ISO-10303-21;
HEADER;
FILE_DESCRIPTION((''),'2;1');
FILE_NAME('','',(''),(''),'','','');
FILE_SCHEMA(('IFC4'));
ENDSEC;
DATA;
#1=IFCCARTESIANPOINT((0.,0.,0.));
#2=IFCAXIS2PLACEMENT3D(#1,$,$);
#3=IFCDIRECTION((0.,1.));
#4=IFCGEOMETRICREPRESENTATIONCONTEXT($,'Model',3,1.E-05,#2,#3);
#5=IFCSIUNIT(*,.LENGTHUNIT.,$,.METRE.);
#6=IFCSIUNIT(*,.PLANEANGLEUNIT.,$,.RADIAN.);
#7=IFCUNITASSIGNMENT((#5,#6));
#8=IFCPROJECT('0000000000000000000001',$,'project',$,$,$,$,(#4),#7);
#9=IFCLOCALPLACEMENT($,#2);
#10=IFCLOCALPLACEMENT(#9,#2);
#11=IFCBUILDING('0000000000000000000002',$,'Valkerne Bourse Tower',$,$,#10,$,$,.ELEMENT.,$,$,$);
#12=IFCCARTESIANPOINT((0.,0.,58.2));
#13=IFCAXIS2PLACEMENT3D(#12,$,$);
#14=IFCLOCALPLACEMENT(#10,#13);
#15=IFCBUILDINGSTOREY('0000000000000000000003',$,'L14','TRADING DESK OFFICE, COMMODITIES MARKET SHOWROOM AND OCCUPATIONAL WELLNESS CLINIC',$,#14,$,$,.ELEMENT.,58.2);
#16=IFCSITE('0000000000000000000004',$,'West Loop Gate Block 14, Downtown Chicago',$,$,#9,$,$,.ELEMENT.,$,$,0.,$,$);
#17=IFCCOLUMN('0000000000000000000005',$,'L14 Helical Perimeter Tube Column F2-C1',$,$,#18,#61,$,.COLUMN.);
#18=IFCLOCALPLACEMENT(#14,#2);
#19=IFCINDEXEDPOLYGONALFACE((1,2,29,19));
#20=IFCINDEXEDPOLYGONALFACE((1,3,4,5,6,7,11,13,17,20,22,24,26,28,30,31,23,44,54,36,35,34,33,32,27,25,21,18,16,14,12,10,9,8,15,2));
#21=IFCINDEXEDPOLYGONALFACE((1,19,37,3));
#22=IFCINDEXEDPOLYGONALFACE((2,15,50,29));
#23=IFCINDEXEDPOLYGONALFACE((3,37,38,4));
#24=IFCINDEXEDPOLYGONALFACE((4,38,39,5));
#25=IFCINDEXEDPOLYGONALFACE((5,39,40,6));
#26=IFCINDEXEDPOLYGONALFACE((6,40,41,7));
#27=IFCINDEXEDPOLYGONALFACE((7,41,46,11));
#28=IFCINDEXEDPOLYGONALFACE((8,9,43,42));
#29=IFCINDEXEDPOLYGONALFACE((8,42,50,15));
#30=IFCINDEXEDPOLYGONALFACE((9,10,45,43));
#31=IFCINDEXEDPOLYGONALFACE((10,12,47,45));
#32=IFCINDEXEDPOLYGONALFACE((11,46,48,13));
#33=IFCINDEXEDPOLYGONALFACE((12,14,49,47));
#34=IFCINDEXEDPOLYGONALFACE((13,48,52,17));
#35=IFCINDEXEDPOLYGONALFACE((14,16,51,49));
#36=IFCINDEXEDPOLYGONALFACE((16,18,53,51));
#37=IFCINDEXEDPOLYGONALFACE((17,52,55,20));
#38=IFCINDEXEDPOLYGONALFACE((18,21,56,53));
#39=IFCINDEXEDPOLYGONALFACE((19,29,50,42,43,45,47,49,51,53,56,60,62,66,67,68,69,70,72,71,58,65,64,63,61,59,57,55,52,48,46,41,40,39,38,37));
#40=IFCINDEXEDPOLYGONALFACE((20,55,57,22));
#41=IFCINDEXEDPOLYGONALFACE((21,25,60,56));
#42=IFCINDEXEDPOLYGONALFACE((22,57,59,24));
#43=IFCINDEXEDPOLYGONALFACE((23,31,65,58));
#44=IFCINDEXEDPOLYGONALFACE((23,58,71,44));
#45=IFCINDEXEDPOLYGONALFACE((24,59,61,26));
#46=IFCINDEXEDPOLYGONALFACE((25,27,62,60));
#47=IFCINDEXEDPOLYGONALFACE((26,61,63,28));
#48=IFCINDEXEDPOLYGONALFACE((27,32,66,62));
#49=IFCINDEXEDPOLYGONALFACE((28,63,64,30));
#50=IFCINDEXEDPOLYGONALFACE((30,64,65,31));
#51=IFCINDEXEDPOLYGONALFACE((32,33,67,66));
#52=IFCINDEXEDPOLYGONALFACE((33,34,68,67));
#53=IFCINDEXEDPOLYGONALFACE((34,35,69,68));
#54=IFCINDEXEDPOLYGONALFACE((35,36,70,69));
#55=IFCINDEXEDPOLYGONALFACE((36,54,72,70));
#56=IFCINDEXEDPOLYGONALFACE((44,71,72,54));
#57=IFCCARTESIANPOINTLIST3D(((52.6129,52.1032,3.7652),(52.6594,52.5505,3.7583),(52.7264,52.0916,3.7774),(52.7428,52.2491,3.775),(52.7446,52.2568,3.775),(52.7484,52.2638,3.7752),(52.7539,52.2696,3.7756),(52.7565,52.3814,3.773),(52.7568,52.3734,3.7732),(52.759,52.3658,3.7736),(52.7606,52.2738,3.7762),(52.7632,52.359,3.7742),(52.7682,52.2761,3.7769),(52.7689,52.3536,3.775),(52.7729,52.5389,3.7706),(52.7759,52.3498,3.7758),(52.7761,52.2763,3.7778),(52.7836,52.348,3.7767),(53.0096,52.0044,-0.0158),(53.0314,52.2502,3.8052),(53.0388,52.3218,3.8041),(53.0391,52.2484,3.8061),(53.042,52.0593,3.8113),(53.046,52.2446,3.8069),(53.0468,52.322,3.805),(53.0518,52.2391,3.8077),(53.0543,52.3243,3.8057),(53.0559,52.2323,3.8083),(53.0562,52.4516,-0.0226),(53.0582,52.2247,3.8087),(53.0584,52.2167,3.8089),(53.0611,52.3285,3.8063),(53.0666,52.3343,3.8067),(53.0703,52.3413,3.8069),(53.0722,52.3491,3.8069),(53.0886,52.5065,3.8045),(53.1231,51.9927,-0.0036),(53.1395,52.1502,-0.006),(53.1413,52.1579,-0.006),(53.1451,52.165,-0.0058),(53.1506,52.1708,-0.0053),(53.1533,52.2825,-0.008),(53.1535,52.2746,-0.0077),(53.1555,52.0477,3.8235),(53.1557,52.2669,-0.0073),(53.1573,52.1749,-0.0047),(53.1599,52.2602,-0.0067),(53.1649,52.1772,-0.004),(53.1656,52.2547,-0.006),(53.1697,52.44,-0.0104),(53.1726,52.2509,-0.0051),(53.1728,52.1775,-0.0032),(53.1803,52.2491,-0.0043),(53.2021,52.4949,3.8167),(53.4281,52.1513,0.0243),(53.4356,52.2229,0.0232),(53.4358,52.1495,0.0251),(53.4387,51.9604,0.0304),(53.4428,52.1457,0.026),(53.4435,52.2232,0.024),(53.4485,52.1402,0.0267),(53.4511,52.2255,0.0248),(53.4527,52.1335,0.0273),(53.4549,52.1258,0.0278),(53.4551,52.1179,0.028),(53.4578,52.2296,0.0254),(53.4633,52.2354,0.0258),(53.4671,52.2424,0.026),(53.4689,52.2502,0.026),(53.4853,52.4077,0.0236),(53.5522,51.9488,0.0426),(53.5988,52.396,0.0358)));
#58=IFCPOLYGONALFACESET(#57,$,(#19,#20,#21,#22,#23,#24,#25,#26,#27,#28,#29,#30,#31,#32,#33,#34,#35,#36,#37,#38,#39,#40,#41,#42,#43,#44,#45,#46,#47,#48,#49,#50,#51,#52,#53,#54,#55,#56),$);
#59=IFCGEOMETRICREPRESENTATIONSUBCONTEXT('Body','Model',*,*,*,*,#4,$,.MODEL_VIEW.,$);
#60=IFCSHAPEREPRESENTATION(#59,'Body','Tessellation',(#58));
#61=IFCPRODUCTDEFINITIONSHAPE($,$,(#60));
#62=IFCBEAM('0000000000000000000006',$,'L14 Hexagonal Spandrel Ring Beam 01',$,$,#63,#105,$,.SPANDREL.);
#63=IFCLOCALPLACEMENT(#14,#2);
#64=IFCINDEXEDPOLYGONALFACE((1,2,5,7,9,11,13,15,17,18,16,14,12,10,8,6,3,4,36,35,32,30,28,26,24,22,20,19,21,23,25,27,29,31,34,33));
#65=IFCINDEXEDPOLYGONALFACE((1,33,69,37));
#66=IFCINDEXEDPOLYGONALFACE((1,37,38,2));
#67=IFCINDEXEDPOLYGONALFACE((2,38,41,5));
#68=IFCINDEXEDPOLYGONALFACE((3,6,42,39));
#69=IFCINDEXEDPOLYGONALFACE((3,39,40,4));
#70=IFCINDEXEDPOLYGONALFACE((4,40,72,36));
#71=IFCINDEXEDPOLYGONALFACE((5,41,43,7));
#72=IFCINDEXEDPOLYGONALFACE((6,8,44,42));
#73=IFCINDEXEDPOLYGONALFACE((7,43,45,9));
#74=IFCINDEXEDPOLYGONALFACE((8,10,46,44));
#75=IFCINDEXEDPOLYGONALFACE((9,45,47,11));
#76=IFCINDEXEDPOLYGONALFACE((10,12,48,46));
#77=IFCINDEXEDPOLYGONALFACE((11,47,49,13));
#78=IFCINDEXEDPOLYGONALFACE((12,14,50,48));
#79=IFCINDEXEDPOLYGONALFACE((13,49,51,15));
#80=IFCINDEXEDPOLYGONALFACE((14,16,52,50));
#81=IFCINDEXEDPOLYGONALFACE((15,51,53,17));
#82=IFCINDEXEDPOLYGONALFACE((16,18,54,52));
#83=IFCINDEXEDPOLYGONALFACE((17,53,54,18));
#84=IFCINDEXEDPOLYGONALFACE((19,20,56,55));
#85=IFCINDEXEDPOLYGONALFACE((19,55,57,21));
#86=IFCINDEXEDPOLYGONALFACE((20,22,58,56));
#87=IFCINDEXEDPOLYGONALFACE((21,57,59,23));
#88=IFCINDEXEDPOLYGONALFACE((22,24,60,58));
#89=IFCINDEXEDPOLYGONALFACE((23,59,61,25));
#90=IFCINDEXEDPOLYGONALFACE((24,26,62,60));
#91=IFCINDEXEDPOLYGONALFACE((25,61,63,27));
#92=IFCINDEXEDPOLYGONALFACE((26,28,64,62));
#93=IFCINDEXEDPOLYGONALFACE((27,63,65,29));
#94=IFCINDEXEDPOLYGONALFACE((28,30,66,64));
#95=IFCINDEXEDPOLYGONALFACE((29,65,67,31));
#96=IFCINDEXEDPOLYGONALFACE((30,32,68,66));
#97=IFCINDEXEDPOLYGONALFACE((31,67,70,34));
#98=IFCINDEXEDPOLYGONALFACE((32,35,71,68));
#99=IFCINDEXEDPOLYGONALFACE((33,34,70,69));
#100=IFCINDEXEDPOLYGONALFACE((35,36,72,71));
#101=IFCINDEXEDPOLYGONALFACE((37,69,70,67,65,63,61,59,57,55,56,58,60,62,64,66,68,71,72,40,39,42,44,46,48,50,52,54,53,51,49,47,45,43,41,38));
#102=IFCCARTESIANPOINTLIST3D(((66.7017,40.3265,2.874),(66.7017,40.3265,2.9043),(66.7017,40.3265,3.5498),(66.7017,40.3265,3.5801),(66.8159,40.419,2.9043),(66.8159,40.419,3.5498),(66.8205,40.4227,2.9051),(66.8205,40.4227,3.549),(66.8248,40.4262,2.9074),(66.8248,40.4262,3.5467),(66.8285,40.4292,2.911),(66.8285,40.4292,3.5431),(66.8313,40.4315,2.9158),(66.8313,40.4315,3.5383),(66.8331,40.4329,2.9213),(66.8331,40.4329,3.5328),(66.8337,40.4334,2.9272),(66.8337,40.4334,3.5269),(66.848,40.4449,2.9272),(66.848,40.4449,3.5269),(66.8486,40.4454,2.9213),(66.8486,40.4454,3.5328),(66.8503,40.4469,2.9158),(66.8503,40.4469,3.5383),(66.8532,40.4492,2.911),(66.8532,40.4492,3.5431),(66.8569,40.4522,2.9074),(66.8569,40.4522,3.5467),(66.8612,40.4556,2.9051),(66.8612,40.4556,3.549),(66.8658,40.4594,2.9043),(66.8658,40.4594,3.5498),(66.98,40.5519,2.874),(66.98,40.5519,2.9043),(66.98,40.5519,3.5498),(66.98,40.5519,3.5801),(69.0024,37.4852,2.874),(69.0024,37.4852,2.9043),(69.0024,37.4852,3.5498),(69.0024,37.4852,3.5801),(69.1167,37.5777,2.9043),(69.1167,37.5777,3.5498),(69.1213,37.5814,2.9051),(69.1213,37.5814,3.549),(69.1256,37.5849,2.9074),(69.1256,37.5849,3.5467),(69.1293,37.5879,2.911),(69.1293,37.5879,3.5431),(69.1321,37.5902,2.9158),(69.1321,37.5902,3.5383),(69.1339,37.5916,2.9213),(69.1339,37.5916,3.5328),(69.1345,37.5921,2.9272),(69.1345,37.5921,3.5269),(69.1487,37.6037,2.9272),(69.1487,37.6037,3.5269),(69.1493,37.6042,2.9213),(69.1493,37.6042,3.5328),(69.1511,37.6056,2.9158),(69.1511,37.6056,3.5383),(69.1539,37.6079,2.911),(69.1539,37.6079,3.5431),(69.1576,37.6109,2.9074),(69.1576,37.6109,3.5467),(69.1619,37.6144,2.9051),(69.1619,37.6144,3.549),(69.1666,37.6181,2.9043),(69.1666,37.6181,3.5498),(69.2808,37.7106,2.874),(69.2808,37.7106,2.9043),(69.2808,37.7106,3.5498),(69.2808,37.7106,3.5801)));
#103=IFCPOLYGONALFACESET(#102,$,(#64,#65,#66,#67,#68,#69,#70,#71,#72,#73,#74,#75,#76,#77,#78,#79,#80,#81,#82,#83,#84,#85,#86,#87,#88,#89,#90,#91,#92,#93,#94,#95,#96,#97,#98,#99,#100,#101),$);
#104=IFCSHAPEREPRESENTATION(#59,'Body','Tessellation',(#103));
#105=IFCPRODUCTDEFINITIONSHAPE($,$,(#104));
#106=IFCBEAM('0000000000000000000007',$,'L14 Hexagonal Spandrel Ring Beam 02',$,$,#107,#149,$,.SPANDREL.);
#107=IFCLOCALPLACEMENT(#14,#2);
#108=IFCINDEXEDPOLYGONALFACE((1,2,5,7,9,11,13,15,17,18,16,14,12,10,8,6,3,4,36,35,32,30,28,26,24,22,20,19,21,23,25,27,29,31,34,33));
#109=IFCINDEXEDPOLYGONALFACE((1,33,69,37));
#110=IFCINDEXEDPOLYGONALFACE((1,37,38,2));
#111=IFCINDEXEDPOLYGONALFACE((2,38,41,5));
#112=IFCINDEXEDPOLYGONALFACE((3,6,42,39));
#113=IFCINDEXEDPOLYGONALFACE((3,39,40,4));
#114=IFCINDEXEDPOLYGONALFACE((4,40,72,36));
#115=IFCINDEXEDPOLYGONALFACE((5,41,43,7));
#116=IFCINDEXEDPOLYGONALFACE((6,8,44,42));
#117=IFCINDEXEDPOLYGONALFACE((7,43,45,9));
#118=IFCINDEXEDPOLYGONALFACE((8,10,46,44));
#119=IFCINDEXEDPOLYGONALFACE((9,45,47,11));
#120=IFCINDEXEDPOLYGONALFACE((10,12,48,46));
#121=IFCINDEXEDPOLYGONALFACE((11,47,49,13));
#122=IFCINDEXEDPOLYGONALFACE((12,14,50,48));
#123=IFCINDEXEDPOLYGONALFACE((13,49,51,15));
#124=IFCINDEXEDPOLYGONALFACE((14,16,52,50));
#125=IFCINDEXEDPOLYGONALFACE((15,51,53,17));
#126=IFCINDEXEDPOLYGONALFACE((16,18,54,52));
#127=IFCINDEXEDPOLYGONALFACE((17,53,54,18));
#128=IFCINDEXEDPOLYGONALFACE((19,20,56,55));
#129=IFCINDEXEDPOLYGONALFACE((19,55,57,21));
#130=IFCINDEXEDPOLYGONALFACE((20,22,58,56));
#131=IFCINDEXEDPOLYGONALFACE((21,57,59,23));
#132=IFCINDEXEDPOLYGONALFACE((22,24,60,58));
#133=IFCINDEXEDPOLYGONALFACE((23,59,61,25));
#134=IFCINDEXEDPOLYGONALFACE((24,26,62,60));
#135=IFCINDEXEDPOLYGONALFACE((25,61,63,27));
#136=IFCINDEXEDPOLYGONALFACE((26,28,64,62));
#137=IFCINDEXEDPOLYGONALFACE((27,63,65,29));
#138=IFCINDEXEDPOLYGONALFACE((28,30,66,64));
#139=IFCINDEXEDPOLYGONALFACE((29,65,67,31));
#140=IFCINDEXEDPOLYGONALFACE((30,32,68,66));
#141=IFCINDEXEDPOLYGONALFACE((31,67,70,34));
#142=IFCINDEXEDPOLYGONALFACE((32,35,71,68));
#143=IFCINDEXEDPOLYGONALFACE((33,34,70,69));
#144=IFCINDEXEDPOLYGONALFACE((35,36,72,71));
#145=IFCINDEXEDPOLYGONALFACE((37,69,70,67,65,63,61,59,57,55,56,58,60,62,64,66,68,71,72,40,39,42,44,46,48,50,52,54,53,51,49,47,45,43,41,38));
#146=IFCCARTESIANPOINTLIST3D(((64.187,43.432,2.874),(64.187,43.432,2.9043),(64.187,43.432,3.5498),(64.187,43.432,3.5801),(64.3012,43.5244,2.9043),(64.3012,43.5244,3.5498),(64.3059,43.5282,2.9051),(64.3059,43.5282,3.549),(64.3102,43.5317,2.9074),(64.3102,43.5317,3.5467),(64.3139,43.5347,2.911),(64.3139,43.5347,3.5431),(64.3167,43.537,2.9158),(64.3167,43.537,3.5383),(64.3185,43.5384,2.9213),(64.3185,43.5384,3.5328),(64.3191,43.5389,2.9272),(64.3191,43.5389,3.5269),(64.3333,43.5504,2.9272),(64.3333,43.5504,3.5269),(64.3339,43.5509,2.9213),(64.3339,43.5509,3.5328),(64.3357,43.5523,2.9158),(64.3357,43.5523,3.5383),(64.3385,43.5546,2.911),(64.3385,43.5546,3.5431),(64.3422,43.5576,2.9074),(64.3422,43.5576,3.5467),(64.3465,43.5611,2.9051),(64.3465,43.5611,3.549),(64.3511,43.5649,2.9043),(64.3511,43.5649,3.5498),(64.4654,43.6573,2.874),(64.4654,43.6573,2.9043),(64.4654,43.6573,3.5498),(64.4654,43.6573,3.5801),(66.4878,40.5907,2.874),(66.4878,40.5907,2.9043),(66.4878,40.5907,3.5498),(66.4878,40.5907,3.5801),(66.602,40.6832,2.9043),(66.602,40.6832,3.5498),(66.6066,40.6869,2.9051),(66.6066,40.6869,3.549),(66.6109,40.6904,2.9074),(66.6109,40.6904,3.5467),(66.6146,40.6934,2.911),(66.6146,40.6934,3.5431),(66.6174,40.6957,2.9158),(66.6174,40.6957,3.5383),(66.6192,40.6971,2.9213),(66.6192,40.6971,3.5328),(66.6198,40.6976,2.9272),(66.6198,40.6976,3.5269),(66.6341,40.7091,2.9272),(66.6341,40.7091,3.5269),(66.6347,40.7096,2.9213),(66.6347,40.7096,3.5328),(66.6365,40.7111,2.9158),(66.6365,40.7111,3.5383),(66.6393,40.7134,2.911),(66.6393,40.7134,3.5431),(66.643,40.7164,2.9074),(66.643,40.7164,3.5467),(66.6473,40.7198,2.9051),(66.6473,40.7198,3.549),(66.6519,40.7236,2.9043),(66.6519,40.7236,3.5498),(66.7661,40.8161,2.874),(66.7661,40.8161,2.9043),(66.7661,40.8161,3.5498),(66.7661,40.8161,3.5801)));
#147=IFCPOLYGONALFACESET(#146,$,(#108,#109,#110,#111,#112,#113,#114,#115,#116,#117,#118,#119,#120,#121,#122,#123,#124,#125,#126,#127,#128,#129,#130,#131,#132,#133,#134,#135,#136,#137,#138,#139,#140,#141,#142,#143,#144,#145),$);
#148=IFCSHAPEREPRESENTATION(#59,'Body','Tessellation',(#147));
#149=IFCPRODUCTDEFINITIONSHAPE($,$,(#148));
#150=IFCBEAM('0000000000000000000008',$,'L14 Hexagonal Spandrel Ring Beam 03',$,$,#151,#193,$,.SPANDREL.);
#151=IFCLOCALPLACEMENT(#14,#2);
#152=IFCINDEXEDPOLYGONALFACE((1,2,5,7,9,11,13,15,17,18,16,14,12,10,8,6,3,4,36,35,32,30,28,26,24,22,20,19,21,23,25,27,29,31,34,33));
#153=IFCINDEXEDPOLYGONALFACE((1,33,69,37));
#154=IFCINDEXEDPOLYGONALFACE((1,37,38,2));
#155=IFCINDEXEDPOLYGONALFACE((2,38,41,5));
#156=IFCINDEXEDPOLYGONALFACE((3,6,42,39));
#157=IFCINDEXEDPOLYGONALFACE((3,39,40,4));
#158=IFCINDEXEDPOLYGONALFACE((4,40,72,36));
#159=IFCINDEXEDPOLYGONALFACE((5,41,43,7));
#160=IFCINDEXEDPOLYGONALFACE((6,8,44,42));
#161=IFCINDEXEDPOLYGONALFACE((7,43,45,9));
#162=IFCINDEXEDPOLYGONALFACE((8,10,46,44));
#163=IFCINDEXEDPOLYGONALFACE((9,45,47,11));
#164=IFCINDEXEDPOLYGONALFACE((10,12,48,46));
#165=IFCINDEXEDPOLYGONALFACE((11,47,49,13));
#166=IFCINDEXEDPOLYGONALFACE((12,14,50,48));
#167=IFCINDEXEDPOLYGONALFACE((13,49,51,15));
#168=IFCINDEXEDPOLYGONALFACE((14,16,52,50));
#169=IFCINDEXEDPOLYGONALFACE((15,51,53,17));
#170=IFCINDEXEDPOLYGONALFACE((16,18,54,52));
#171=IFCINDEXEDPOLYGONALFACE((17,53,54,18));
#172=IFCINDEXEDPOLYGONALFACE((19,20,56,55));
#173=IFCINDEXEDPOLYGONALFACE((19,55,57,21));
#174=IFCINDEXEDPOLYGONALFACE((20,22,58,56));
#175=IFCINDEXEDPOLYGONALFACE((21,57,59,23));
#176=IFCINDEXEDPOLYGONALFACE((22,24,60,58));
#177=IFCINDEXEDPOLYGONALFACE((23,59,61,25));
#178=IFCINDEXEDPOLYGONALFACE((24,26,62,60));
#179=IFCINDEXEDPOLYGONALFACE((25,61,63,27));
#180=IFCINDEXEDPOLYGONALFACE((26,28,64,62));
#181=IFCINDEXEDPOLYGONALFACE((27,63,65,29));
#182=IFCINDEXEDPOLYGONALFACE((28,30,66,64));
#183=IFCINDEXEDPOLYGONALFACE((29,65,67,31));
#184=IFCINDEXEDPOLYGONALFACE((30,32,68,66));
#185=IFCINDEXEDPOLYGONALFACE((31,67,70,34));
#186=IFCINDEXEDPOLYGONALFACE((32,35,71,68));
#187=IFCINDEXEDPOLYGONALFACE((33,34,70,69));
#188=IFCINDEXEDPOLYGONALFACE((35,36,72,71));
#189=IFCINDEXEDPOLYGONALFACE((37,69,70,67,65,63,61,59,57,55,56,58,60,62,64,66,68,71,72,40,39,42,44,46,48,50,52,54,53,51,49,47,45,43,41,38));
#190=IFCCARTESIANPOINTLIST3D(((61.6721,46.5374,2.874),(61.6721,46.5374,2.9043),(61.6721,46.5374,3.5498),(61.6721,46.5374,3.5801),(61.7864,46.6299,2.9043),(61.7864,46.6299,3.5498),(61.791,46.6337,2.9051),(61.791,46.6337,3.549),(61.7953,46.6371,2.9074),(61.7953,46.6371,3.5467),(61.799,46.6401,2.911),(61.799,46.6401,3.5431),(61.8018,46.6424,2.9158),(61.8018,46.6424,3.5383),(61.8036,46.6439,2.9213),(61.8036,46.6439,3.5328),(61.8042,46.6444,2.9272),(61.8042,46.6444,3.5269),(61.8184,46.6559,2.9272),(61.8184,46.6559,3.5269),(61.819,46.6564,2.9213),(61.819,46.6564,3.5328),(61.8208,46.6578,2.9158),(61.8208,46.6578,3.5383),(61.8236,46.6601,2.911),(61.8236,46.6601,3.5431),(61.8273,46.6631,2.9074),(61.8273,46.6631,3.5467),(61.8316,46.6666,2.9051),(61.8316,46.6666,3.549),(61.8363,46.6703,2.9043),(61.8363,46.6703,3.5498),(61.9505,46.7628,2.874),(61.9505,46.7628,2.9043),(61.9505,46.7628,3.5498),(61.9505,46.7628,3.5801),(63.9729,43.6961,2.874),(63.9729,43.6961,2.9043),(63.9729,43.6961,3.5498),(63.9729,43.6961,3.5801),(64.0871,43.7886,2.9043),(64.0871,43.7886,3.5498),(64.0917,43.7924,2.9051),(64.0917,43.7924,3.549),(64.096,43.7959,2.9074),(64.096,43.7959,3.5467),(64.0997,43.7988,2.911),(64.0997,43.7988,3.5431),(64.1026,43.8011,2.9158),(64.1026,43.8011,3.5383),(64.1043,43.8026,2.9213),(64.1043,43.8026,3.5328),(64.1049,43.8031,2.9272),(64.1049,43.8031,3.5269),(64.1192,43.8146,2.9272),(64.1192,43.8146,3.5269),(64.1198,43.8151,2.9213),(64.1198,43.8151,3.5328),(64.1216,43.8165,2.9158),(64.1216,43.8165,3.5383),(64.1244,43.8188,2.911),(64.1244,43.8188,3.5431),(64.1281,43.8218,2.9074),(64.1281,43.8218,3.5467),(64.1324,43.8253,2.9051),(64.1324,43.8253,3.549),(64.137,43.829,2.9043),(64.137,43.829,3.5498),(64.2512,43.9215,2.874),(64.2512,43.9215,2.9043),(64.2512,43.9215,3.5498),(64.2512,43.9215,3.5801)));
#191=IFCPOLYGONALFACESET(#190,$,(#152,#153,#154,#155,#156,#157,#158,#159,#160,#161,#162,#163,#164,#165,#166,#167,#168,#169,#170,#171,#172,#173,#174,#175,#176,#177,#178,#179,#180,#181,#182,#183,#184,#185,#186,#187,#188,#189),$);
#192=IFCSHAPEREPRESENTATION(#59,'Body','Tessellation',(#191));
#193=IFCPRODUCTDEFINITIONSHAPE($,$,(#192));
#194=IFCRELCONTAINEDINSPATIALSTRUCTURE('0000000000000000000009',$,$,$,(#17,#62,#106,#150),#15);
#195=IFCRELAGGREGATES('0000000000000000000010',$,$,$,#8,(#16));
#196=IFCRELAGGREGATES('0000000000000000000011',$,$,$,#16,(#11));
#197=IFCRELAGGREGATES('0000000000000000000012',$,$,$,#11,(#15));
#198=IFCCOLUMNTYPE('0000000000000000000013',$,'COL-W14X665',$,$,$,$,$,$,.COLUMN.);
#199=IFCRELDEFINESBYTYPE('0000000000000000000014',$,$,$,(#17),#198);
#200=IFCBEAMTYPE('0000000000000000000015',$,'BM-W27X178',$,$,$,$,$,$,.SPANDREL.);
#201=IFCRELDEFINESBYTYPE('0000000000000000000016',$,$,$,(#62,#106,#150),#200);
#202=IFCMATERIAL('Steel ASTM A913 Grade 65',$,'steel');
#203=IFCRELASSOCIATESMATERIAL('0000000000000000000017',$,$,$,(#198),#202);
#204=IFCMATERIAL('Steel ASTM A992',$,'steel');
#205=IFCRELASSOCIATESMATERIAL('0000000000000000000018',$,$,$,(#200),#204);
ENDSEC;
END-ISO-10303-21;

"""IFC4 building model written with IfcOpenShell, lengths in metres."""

from ifc_helpers import new_model, si_unit, direction, frame, origin, origin_2d, place, context, subcontext, project, spatial, i_section, extrude, material, material_profile, profile_set, type_object, element, save


model = new_model("IFC4")

# Units and contexts
model_context = context("Model", 3, precision=1e-05, world=origin(), true_north=direction((0.0, 1.0)))
body_context = subcontext(model_context, "Body", "Model", "MODEL_VIEW")
ifc_project = project(units=[si_unit("LENGTHUNIT", "METRE"), si_unit("PLANEANGLEUNIT", "RADIAN")], contexts=[model_context])

# Site, building, storey
site_placement = place(None, origin())
site = spatial("IfcSite", under=ifc_project, at=site_placement, Name="West Loop Gate Block 14, Downtown Chicago", CompositionType="ELEMENT", RefElevation=0.0)
building_placement = place(site_placement, origin())
building = spatial("IfcBuilding", under=site, at=building_placement, Name="Valkerne Bourse Tower", CompositionType="ELEMENT")
storey_placement = place(building_placement, frame((0.0, 0.0, 58.2)))
storey = spatial("IfcBuildingStorey", under=building, at=storey_placement, Name="L14", Description="TRADING DESK OFFICE, COMMODITIES MARKET SHOWROOM AND OCCUPATIONAL WELLNESS CLINIC", CompositionType="ELEMENT", Elevation=58.2)

# Column
ifc_material_1 = material(Name="Steel ASTM A913 Grade 65", Category="steel")
ifc_material_profile_1 = material_profile(ifc_material_1, i_section(OverallWidth=0.4497, OverallDepth=0.5486, WebThickness=0.072, FlangeThickness=0.1147, FilletRadius=0.0305, at=origin_2d()), Name="W14X665")
ifc_profile_set_1 = profile_set([ifc_material_profile_1], Name="Steel ASTM A913 Grade 65")
column_type = type_object("IfcColumnType", Name="COL-W14X665", PredefinedType="COLUMN", material=ifc_profile_set_1)
for number, where, z_axis, x_axis, name in (
    (1, (53.3042, 52.2002, 0.01), (-0.104319, 0.025999, 0.994204), (0.103494, 0.994515, -0.015148), "L14 Helical Perimeter Tube Column F2-C1"),
):
    element("IfcColumn", number, at=place(storey_placement, frame(where, z_axis=z_axis, x_axis=x_axis)), inside=storey, type_object=column_type, Name=name, PredefinedType="COLUMN", context=body_context, shape_type="SweptSolid", body=[
        extrude(i_section(OverallWidth=0.4497, OverallDepth=0.5486, WebThickness=0.072, FlangeThickness=0.1147, FilletRadius=0.0305, at=origin_2d()), origin(), (0.0, 0.0, 1.0), 3.803),
    ])

# Beams
ifc_material_2 = material(Name="Steel ASTM A992", Category="steel")
ifc_material_profile_2 = material_profile(ifc_material_2, i_section(OverallWidth=0.3582, OverallDepth=0.7061, WebThickness=0.0183, FlangeThickness=0.0303, FilletRadius=0.0229, at=origin_2d()), Name="W27X178")
ifc_profile_set_2 = profile_set([ifc_material_profile_2], Name="Steel ASTM A992")
beam_type = type_object("IfcBeamType", Name="BM-W27X178", PredefinedType="SPANDREL", material=ifc_profile_set_2)
for number, where, z_axis, x_axis, name in (
    (2, (69.1416, 37.5979, 3.2271), (-0.62931, 0.777155, 0.0), (-0.777155, -0.62931, 0.0), "L14 Hexagonal Spandrel Ring Beam 01"),
    (3, (66.627, 40.7034, 3.2271), (-0.62931, 0.777155, 0.0), (-0.777155, -0.62931, 0.0), "L14 Hexagonal Spandrel Ring Beam 02"),
    (4, (64.1121, 43.8088, 3.2271), (-0.62931, 0.777155, 0.0), (-0.777155, -0.62931, 0.0), "L14 Hexagonal Spandrel Ring Beam 03"),
):
    element("IfcBeam", number, at=place(storey_placement, frame(where, z_axis=z_axis, x_axis=x_axis)), inside=storey, type_object=beam_type, Name=name, PredefinedType="SPANDREL", context=body_context, shape_type="SweptSolid", body=[
        extrude(i_section(OverallWidth=0.3582, OverallDepth=0.7061, WebThickness=0.0183, FlangeThickness=0.0303, FilletRadius=0.0229, at=origin_2d()), origin(), (0.0, 0.0, 1.0), 3.656),
    ])

save(model, "model.ifc")
